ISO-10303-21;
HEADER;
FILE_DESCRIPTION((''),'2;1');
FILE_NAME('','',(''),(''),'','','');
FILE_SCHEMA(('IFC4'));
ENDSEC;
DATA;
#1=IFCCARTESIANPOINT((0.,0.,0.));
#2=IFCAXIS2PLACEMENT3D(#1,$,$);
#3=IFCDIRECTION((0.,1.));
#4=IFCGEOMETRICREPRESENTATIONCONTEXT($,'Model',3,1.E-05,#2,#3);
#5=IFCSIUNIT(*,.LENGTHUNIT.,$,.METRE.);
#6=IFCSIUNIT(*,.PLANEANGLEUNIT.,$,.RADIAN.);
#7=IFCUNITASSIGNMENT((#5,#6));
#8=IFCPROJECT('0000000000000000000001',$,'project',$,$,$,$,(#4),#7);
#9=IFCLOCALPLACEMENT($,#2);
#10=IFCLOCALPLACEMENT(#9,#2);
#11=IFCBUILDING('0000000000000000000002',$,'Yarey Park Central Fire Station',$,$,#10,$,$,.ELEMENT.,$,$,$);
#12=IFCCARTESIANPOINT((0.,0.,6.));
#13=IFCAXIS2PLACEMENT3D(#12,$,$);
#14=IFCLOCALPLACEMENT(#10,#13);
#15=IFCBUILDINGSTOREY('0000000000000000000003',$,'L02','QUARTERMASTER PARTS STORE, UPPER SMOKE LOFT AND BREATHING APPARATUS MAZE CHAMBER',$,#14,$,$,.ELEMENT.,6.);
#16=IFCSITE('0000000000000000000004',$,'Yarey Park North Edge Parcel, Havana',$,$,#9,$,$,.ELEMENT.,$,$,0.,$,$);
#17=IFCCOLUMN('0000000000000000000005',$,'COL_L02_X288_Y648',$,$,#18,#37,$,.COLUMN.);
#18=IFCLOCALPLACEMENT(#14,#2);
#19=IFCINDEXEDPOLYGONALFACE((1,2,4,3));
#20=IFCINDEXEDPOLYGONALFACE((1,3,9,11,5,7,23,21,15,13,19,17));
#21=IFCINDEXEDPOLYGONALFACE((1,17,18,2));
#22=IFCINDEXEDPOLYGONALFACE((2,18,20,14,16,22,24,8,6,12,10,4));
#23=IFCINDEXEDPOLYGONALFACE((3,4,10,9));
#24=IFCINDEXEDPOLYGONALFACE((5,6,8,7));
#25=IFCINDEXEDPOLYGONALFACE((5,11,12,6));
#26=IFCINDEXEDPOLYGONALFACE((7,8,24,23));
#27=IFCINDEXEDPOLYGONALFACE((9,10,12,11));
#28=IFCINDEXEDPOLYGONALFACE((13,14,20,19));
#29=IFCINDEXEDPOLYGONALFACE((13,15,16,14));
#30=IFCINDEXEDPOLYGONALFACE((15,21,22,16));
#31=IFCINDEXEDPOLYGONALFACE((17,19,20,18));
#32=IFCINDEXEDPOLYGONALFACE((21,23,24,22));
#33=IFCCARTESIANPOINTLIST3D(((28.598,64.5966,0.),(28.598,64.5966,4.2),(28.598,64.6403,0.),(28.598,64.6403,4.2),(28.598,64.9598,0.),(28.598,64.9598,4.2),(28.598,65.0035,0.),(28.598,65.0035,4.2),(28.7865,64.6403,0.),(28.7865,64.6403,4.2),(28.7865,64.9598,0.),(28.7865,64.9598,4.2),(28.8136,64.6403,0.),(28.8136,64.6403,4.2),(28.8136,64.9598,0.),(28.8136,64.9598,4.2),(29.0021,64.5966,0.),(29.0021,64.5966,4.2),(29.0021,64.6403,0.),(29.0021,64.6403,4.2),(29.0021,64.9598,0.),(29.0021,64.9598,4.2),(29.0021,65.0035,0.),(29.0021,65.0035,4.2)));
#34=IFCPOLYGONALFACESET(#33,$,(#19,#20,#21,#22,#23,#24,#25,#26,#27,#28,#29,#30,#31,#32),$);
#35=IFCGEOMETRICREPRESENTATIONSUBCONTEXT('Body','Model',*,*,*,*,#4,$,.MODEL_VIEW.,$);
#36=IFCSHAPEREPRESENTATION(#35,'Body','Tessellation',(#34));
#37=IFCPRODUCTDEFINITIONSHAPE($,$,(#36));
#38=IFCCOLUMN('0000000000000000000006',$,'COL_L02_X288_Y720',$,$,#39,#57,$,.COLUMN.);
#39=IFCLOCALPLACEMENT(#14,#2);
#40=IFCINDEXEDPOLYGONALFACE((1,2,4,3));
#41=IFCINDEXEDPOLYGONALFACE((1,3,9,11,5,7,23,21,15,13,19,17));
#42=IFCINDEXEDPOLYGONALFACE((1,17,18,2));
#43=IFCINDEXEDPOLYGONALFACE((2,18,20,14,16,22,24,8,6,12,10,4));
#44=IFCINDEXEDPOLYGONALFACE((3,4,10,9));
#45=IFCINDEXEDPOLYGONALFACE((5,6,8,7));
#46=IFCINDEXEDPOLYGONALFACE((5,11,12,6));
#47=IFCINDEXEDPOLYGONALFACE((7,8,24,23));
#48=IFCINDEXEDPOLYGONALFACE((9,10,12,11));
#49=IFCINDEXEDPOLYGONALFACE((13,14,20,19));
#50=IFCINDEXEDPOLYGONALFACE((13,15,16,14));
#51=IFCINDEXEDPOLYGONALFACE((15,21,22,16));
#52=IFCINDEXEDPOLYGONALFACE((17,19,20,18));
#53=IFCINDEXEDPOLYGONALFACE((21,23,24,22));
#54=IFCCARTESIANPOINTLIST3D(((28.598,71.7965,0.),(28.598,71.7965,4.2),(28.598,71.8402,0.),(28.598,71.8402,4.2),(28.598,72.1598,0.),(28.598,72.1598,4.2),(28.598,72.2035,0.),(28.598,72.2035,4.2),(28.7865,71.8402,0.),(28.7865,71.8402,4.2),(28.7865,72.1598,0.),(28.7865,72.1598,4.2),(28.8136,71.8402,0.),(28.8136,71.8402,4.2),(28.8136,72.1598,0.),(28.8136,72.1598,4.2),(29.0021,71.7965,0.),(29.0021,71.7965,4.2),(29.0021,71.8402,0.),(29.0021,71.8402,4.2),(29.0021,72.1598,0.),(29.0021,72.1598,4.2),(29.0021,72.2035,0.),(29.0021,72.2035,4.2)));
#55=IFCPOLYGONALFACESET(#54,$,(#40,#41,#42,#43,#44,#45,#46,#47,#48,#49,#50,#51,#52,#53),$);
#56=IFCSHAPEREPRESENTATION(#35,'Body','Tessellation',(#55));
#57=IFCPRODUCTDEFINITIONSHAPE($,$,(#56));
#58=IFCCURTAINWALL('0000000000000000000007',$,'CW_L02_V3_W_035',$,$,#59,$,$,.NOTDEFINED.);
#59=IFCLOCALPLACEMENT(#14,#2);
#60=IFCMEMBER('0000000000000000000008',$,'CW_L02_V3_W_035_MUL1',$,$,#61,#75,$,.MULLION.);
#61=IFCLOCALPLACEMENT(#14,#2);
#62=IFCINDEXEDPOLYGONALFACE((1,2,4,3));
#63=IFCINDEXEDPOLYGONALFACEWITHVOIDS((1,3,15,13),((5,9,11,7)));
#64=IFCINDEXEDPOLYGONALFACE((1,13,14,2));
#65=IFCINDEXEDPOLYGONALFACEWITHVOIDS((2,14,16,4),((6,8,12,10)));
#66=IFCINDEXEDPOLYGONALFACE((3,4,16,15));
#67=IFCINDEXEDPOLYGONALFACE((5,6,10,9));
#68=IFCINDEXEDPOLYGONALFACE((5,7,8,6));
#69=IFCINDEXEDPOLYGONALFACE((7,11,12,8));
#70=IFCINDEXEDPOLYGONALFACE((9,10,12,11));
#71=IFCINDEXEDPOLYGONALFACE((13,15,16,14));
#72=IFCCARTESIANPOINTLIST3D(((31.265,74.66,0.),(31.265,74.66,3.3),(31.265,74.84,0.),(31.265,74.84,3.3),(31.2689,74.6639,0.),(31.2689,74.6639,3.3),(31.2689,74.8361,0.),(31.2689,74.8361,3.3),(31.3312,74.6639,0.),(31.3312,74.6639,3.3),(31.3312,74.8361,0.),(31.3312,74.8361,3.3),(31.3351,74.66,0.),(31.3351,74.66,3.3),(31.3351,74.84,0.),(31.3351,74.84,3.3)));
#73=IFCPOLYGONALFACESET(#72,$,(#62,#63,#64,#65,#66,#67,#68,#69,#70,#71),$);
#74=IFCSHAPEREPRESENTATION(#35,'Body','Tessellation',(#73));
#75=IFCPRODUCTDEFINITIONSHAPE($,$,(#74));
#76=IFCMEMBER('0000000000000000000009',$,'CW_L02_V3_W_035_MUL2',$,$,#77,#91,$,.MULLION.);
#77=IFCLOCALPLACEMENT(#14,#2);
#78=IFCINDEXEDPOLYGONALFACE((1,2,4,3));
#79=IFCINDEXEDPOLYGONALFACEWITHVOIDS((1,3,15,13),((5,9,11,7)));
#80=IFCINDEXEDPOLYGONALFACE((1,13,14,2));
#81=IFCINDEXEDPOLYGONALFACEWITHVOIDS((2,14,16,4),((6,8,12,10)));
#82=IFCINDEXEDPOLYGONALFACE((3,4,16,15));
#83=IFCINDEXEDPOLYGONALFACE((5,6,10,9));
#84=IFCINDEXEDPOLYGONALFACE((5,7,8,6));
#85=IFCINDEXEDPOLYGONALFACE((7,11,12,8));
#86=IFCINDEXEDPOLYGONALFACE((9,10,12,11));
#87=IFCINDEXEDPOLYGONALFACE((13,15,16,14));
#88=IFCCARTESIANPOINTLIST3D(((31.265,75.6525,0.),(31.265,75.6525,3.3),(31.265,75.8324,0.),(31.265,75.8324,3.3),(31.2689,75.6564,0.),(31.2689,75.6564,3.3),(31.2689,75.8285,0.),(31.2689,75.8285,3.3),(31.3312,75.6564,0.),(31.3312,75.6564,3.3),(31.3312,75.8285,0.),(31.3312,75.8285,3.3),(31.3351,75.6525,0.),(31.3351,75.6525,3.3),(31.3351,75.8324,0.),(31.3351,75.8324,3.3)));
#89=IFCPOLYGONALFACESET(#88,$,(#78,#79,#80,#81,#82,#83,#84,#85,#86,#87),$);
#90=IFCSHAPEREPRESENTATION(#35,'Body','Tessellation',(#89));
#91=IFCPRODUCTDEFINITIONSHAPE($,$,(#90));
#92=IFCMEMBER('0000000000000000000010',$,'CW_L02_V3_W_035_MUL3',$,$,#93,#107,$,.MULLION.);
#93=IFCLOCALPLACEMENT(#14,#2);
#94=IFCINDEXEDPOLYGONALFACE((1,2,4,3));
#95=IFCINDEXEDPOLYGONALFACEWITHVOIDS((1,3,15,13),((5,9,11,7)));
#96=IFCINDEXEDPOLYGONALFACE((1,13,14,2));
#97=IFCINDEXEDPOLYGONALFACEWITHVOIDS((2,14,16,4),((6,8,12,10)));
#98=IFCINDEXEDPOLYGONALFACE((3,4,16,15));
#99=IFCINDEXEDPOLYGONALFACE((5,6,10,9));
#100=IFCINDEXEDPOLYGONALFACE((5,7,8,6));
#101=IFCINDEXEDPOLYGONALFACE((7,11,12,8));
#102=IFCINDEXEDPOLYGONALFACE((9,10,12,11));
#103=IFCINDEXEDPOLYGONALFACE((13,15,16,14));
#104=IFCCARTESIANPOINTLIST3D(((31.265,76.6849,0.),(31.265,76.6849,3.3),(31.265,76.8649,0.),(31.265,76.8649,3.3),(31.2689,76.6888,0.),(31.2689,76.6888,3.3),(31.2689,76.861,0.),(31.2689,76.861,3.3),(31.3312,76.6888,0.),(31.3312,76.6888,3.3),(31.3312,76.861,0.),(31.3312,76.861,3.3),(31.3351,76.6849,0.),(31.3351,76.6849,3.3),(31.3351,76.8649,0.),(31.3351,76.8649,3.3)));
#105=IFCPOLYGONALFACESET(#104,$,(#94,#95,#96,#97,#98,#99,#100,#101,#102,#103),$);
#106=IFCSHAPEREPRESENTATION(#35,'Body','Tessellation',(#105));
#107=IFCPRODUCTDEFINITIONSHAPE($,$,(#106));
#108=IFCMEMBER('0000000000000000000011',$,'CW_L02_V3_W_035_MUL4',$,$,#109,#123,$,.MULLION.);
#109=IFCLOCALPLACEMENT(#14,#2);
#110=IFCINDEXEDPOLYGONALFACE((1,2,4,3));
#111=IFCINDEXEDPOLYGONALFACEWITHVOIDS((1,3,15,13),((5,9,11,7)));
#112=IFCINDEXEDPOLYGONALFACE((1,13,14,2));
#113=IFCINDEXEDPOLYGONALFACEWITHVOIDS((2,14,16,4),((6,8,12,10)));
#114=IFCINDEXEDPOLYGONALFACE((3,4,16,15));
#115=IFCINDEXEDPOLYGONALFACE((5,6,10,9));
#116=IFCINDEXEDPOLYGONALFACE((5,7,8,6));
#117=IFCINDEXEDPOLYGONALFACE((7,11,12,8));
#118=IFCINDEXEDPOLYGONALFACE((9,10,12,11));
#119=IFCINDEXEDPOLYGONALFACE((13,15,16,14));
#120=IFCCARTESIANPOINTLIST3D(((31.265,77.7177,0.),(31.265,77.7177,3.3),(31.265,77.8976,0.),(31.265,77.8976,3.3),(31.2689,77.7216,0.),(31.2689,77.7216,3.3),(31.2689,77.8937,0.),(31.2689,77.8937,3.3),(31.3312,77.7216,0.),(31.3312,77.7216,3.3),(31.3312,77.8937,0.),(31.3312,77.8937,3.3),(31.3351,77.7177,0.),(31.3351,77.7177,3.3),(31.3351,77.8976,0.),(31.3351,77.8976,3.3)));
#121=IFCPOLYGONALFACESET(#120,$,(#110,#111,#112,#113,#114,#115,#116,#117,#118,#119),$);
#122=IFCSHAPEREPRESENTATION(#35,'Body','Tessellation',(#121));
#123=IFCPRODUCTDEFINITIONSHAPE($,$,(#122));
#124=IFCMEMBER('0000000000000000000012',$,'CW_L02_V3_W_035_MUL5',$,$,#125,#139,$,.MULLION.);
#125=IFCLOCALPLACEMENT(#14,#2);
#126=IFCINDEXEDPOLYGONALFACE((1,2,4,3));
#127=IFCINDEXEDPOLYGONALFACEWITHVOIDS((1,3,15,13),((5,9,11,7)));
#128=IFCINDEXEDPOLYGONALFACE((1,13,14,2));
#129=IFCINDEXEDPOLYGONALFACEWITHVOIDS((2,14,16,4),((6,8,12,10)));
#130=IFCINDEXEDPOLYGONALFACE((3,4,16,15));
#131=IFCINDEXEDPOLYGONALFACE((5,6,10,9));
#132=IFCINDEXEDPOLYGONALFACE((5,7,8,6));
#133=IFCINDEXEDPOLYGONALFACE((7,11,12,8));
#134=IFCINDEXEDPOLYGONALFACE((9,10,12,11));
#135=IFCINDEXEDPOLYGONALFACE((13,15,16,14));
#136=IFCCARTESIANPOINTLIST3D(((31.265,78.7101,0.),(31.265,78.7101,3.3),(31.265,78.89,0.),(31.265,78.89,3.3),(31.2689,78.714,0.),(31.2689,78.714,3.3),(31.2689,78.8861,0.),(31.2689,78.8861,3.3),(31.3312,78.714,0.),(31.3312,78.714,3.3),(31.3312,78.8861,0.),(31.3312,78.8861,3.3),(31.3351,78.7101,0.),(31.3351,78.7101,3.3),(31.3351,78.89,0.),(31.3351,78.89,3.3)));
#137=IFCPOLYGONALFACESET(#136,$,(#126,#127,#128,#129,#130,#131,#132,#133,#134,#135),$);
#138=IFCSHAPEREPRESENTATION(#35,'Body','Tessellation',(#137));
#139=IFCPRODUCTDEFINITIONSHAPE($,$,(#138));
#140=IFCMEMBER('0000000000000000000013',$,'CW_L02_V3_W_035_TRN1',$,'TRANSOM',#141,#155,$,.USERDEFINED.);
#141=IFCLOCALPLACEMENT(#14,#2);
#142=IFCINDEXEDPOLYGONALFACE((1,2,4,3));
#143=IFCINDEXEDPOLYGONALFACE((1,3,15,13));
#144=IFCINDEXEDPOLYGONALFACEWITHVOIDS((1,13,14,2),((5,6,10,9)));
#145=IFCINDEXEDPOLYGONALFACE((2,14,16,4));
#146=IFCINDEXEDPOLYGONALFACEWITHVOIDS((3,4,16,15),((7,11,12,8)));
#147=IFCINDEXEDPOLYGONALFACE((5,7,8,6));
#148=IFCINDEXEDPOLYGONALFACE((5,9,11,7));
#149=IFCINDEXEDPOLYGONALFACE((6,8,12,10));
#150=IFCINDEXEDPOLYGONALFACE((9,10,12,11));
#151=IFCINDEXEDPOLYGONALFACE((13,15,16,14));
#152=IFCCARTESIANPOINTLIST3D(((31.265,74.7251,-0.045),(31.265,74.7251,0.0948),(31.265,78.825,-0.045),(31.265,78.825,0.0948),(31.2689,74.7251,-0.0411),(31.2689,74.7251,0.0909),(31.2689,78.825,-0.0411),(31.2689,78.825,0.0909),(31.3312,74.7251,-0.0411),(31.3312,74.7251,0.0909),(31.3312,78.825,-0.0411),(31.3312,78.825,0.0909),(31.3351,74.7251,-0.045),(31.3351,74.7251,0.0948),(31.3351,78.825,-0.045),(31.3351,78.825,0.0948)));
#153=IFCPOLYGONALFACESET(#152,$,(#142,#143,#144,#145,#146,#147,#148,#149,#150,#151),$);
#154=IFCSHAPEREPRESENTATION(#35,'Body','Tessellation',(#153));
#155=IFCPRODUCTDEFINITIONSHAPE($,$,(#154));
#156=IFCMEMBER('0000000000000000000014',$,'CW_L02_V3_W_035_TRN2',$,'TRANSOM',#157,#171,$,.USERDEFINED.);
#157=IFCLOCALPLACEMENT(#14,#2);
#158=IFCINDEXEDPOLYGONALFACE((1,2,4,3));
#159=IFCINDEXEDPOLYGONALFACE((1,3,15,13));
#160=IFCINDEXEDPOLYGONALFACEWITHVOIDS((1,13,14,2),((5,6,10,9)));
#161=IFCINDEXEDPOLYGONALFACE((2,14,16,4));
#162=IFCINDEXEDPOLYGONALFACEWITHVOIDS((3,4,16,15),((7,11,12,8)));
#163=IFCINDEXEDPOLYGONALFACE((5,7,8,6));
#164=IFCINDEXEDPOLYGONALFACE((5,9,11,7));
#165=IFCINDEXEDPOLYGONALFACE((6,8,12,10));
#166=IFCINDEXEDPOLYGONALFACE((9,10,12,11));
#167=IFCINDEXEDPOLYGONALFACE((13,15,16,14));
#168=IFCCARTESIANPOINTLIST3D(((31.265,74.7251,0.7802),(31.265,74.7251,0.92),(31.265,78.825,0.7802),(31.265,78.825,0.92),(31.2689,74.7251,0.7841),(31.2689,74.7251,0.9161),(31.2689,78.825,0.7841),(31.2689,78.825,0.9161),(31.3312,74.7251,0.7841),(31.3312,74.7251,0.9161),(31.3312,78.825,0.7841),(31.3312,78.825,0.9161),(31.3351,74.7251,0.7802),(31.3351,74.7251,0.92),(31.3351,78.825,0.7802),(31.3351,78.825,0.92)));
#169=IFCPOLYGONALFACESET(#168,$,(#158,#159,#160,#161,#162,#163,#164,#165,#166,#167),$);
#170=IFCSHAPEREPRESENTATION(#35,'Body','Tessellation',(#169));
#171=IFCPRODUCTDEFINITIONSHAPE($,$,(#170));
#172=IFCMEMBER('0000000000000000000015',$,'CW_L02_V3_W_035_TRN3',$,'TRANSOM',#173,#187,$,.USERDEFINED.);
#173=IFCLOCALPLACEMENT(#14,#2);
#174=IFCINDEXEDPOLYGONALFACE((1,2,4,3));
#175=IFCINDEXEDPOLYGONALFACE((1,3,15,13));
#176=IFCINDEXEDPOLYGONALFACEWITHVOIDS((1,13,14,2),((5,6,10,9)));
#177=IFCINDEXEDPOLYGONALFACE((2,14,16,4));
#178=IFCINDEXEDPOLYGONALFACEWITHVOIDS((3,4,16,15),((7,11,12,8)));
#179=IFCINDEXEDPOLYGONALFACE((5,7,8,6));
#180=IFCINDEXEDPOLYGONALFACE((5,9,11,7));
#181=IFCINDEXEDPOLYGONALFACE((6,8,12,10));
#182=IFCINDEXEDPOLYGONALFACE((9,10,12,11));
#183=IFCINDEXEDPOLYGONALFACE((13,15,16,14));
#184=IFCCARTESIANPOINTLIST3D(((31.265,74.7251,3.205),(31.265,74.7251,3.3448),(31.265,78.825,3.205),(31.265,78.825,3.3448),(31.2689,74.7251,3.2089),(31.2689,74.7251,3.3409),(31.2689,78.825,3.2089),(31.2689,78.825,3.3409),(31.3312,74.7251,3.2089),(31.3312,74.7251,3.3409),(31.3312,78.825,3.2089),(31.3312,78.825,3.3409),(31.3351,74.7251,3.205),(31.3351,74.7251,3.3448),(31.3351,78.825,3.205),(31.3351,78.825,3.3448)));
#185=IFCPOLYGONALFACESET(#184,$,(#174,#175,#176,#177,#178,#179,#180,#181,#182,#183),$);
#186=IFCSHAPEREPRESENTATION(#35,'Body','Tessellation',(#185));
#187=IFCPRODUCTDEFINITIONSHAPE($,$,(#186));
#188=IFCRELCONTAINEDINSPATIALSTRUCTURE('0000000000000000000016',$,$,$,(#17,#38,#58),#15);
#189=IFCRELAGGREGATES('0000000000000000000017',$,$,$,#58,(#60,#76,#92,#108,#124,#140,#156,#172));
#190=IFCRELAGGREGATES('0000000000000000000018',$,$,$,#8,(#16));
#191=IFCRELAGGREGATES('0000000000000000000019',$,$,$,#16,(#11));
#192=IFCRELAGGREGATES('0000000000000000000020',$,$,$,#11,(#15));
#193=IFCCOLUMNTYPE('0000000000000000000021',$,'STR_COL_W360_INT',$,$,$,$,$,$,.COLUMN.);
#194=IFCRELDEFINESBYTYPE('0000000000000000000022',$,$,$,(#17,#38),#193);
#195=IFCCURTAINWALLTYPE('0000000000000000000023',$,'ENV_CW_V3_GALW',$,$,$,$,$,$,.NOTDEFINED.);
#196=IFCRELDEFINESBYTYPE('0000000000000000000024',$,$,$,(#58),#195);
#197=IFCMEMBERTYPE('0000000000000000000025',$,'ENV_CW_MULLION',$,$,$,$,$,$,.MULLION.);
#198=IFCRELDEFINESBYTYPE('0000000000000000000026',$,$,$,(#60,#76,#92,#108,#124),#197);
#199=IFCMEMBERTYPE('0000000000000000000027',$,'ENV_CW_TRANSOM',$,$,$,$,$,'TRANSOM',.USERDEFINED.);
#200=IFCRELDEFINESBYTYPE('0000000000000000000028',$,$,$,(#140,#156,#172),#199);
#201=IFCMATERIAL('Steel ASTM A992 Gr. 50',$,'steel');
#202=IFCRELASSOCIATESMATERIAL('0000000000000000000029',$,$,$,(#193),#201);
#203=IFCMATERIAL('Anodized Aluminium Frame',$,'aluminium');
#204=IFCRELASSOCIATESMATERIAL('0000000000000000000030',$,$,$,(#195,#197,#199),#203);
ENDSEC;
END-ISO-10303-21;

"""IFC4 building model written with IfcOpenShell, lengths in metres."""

from ifc_helpers import new_model, si_unit, direction, frame, origin, origin_2d, place, context, subcontext, project, spatial, hollow_rectangle, i_section, extrude, material, material_profile, profile_set, type_object, element, aggregate, save


model = new_model("IFC4")

# Units and contexts
model_context = context("Model", 3, precision=1e-05, world=origin(), true_north=direction((0.0, 1.0)))
body_context = subcontext(model_context, "Body", "Model", "MODEL_VIEW")
ifc_project = project(units=[si_unit("LENGTHUNIT", "METRE"), si_unit("PLANEANGLEUNIT", "RADIAN")], contexts=[model_context])

# Site, building, storey
site_placement = place(None, origin())
site = spatial("IfcSite", under=ifc_project, at=site_placement, Name="Yarey Park North Edge Parcel, Havana", CompositionType="ELEMENT", RefElevation=0.0)
building_placement = place(site_placement, origin())
building = spatial("IfcBuilding", under=site, at=building_placement, Name="Yarey Park Central Fire Station", CompositionType="ELEMENT")
storey_placement = place(building_placement, frame((0.0, 0.0, 6.0)))
storey = spatial("IfcBuildingStorey", under=building, at=storey_placement, Name="L02", Description="QUARTERMASTER PARTS STORE, UPPER SMOKE LOFT AND BREATHING APPARATUS MAZE CHAMBER", CompositionType="ELEMENT", Elevation=6.0)

# Columns
ifc_material_1 = material(Name="Steel ASTM A992 Gr. 50", Category="steel")
ifc_material_profile_1 = material_profile(ifc_material_1, i_section(OverallWidth=0.4041, OverallDepth=0.407, WebThickness=0.0271, FlangeThickness=0.0437, at=origin_2d()), Name="W360x347")
ifc_profile_set_1 = profile_set([ifc_material_profile_1], Name="Steel ASTM A992 Gr. 50")
column_type = type_object("IfcColumnType", Name="STR_COL_W360_INT", PredefinedType="COLUMN", material=ifc_profile_set_1)
for number, where, z_axis, x_axis, name in (
    (1, (28.8, 64.8, 0.0), (0.0, 0.0, 1.0), (1.0, 0.0, 0.0), "COL_L02_X288_Y648"),
    (2, (28.8, 72.0, 0.0), (0.0, 0.0, 1.0), (1.0, 0.0, 0.0), "COL_L02_X288_Y720"),
):
    element("IfcColumn", number, at=place(storey_placement, frame(where, z_axis=z_axis, x_axis=x_axis)), inside=storey, type_object=column_type, Name=name, PredefinedType="COLUMN", context=body_context, shape_type="SweptSolid", body=[
        extrude(i_section(OverallWidth=0.4041, OverallDepth=0.407, WebThickness=0.0271, FlangeThickness=0.0437, at=origin_2d()), origin(), (0.0, 0.0, 1.0), 4.2),
    ])

# Curtain wall, members
ifc_material_2 = material(Name="Anodized Aluminium Frame", Category="aluminium")
curtain_wall_type = type_object("IfcCurtainWallType", Name="ENV_CW_V3_GALW", PredefinedType="NOTDEFINED", material=ifc_material_2)
curtain_wall_placement = place(storey_placement, origin())
curtain_wall = element("IfcCurtainWall", 3, at=curtain_wall_placement, inside=storey, type_object=curtain_wall_type, Name="CW_L02_V3_W_035", PredefinedType="NOTDEFINED")
ifc_material_profile_2 = material_profile(ifc_material_2, hollow_rectangle(XDim=0.0701, YDim=0.1799, WallThickness=0.0039, at=origin_2d()), Name="ALU 180x70x4")
ifc_profile_set_2 = profile_set([ifc_material_profile_2], Name="Anodized Aluminium Frame")
member_type_1 = type_object("IfcMemberType", Name="ENV_CW_MULLION", PredefinedType="MULLION", material=ifc_profile_set_2)
member_1_placement = place(storey_placement, frame((31.3, 74.75, 0.0), z_axis=(0.0, 0.0, 1.0), x_axis=(1.0, 0.0, 0.0)))
member_1 = element("IfcMember", 4, at=member_1_placement, type_object=member_type_1, Name="CW_L02_V3_W_035_MUL1", PredefinedType="MULLION", context=body_context, shape_type="SweptSolid", body=[
    extrude(hollow_rectangle(XDim=0.0701, YDim=0.1799, WallThickness=0.0039, at=origin_2d()), origin(), (0.0, 0.0, 1.0), 3.3),
])
member_2_placement = place(storey_placement, frame((31.3, 75.7424, 0.0), z_axis=(0.0, 0.0, 1.0), x_axis=(1.0, 0.0, 0.0)))
member_2 = element("IfcMember", 5, at=member_2_placement, type_object=member_type_1, Name="CW_L02_V3_W_035_MUL2", PredefinedType="MULLION", context=body_context, shape_type="SweptSolid", body=[
    extrude(hollow_rectangle(XDim=0.0701, YDim=0.1799, WallThickness=0.0039, at=origin_2d()), origin(), (0.0, 0.0, 1.0), 3.3),
])
member_3_placement = place(storey_placement, frame((31.3, 76.7749, 0.0), z_axis=(0.0, 0.0, 1.0), x_axis=(1.0, 0.0, 0.0)))
member_3 = element("IfcMember", 6, at=member_3_placement, type_object=member_type_1, Name="CW_L02_V3_W_035_MUL3", PredefinedType="MULLION", context=body_context, shape_type="SweptSolid", body=[
    extrude(hollow_rectangle(XDim=0.0701, YDim=0.1799, WallThickness=0.0039, at=origin_2d()), origin(), (0.0, 0.0, 1.0), 3.3),
])
member_4_placement = place(storey_placement, frame((31.3, 77.8076, 0.0), z_axis=(0.0, 0.0, 1.0), x_axis=(1.0, 0.0, 0.0)))
member_4 = element("IfcMember", 7, at=member_4_placement, type_object=member_type_1, Name="CW_L02_V3_W_035_MUL4", PredefinedType="MULLION", context=body_context, shape_type="SweptSolid", body=[
    extrude(hollow_rectangle(XDim=0.0701, YDim=0.1799, WallThickness=0.0039, at=origin_2d()), origin(), (0.0, 0.0, 1.0), 3.3),
])
member_5_placement = place(storey_placement, frame((31.3, 78.8, 0.0), z_axis=(0.0, 0.0, 1.0), x_axis=(1.0, 0.0, 0.0)))
member_5 = element("IfcMember", 8, at=member_5_placement, type_object=member_type_1, Name="CW_L02_V3_W_035_MUL5", PredefinedType="MULLION", context=body_context, shape_type="SweptSolid", body=[
    extrude(hollow_rectangle(XDim=0.0701, YDim=0.1799, WallThickness=0.0039, at=origin_2d()), origin(), (0.0, 0.0, 1.0), 3.3),
])
ifc_material_profile_3 = material_profile(ifc_material_2, hollow_rectangle(XDim=0.0701, YDim=0.1399, WallThickness=0.0039, at=origin_2d()), Name="ALU 140x70x4")
ifc_profile_set_3 = profile_set([ifc_material_profile_3], Name="Anodized Aluminium Frame")
member_type_2 = type_object("IfcMemberType", Name="ENV_CW_TRANSOM", ElementType="TRANSOM", PredefinedType="USERDEFINED", material=ifc_profile_set_3)
member_6_placement = place(storey_placement, frame((31.3, 74.7251, 0.0249), z_axis=(0.0, 1.0, 0.0), x_axis=(-1.0, 0.0, 0.0)))
member_6 = element("IfcMember", 9, at=member_6_placement, type_object=member_type_2, Name="CW_L02_V3_W_035_TRN1", ObjectType="TRANSOM", PredefinedType="USERDEFINED", context=body_context, shape_type="SweptSolid", body=[
    extrude(hollow_rectangle(XDim=0.0701, YDim=0.1399, WallThickness=0.0039, at=origin_2d()), origin(), (0.0, 0.0, 1.0), 4.0999),
])
member_7_placement = place(storey_placement, frame((31.3, 74.7251, 0.8501), z_axis=(0.0, 1.0, 0.0), x_axis=(-1.0, 0.0, 0.0)))
member_7 = element("IfcMember", 10, at=member_7_placement, type_object=member_type_2, Name="CW_L02_V3_W_035_TRN2", ObjectType="TRANSOM", PredefinedType="USERDEFINED", context=body_context, shape_type="SweptSolid", body=[
    extrude(hollow_rectangle(XDim=0.0701, YDim=0.1399, WallThickness=0.0039, at=origin_2d()), origin(), (0.0, 0.0, 1.0), 4.0999),
])
member_8_placement = place(storey_placement, frame((31.3, 74.7251, 3.2749), z_axis=(0.0, 1.0, 0.0), x_axis=(-1.0, 0.0, 0.0)))
member_8 = element("IfcMember", 11, at=member_8_placement, type_object=member_type_2, Name="CW_L02_V3_W_035_TRN3", ObjectType="TRANSOM", PredefinedType="USERDEFINED", context=body_context, shape_type="SweptSolid", body=[
    extrude(hollow_rectangle(XDim=0.0701, YDim=0.1399, WallThickness=0.0039, at=origin_2d()), origin(), (0.0, 0.0, 1.0), 4.0999),
])

aggregate(curtain_wall, [member_1, member_2, member_3, member_4, member_5, member_6, member_7, member_8])

save(model, "model.ifc")
